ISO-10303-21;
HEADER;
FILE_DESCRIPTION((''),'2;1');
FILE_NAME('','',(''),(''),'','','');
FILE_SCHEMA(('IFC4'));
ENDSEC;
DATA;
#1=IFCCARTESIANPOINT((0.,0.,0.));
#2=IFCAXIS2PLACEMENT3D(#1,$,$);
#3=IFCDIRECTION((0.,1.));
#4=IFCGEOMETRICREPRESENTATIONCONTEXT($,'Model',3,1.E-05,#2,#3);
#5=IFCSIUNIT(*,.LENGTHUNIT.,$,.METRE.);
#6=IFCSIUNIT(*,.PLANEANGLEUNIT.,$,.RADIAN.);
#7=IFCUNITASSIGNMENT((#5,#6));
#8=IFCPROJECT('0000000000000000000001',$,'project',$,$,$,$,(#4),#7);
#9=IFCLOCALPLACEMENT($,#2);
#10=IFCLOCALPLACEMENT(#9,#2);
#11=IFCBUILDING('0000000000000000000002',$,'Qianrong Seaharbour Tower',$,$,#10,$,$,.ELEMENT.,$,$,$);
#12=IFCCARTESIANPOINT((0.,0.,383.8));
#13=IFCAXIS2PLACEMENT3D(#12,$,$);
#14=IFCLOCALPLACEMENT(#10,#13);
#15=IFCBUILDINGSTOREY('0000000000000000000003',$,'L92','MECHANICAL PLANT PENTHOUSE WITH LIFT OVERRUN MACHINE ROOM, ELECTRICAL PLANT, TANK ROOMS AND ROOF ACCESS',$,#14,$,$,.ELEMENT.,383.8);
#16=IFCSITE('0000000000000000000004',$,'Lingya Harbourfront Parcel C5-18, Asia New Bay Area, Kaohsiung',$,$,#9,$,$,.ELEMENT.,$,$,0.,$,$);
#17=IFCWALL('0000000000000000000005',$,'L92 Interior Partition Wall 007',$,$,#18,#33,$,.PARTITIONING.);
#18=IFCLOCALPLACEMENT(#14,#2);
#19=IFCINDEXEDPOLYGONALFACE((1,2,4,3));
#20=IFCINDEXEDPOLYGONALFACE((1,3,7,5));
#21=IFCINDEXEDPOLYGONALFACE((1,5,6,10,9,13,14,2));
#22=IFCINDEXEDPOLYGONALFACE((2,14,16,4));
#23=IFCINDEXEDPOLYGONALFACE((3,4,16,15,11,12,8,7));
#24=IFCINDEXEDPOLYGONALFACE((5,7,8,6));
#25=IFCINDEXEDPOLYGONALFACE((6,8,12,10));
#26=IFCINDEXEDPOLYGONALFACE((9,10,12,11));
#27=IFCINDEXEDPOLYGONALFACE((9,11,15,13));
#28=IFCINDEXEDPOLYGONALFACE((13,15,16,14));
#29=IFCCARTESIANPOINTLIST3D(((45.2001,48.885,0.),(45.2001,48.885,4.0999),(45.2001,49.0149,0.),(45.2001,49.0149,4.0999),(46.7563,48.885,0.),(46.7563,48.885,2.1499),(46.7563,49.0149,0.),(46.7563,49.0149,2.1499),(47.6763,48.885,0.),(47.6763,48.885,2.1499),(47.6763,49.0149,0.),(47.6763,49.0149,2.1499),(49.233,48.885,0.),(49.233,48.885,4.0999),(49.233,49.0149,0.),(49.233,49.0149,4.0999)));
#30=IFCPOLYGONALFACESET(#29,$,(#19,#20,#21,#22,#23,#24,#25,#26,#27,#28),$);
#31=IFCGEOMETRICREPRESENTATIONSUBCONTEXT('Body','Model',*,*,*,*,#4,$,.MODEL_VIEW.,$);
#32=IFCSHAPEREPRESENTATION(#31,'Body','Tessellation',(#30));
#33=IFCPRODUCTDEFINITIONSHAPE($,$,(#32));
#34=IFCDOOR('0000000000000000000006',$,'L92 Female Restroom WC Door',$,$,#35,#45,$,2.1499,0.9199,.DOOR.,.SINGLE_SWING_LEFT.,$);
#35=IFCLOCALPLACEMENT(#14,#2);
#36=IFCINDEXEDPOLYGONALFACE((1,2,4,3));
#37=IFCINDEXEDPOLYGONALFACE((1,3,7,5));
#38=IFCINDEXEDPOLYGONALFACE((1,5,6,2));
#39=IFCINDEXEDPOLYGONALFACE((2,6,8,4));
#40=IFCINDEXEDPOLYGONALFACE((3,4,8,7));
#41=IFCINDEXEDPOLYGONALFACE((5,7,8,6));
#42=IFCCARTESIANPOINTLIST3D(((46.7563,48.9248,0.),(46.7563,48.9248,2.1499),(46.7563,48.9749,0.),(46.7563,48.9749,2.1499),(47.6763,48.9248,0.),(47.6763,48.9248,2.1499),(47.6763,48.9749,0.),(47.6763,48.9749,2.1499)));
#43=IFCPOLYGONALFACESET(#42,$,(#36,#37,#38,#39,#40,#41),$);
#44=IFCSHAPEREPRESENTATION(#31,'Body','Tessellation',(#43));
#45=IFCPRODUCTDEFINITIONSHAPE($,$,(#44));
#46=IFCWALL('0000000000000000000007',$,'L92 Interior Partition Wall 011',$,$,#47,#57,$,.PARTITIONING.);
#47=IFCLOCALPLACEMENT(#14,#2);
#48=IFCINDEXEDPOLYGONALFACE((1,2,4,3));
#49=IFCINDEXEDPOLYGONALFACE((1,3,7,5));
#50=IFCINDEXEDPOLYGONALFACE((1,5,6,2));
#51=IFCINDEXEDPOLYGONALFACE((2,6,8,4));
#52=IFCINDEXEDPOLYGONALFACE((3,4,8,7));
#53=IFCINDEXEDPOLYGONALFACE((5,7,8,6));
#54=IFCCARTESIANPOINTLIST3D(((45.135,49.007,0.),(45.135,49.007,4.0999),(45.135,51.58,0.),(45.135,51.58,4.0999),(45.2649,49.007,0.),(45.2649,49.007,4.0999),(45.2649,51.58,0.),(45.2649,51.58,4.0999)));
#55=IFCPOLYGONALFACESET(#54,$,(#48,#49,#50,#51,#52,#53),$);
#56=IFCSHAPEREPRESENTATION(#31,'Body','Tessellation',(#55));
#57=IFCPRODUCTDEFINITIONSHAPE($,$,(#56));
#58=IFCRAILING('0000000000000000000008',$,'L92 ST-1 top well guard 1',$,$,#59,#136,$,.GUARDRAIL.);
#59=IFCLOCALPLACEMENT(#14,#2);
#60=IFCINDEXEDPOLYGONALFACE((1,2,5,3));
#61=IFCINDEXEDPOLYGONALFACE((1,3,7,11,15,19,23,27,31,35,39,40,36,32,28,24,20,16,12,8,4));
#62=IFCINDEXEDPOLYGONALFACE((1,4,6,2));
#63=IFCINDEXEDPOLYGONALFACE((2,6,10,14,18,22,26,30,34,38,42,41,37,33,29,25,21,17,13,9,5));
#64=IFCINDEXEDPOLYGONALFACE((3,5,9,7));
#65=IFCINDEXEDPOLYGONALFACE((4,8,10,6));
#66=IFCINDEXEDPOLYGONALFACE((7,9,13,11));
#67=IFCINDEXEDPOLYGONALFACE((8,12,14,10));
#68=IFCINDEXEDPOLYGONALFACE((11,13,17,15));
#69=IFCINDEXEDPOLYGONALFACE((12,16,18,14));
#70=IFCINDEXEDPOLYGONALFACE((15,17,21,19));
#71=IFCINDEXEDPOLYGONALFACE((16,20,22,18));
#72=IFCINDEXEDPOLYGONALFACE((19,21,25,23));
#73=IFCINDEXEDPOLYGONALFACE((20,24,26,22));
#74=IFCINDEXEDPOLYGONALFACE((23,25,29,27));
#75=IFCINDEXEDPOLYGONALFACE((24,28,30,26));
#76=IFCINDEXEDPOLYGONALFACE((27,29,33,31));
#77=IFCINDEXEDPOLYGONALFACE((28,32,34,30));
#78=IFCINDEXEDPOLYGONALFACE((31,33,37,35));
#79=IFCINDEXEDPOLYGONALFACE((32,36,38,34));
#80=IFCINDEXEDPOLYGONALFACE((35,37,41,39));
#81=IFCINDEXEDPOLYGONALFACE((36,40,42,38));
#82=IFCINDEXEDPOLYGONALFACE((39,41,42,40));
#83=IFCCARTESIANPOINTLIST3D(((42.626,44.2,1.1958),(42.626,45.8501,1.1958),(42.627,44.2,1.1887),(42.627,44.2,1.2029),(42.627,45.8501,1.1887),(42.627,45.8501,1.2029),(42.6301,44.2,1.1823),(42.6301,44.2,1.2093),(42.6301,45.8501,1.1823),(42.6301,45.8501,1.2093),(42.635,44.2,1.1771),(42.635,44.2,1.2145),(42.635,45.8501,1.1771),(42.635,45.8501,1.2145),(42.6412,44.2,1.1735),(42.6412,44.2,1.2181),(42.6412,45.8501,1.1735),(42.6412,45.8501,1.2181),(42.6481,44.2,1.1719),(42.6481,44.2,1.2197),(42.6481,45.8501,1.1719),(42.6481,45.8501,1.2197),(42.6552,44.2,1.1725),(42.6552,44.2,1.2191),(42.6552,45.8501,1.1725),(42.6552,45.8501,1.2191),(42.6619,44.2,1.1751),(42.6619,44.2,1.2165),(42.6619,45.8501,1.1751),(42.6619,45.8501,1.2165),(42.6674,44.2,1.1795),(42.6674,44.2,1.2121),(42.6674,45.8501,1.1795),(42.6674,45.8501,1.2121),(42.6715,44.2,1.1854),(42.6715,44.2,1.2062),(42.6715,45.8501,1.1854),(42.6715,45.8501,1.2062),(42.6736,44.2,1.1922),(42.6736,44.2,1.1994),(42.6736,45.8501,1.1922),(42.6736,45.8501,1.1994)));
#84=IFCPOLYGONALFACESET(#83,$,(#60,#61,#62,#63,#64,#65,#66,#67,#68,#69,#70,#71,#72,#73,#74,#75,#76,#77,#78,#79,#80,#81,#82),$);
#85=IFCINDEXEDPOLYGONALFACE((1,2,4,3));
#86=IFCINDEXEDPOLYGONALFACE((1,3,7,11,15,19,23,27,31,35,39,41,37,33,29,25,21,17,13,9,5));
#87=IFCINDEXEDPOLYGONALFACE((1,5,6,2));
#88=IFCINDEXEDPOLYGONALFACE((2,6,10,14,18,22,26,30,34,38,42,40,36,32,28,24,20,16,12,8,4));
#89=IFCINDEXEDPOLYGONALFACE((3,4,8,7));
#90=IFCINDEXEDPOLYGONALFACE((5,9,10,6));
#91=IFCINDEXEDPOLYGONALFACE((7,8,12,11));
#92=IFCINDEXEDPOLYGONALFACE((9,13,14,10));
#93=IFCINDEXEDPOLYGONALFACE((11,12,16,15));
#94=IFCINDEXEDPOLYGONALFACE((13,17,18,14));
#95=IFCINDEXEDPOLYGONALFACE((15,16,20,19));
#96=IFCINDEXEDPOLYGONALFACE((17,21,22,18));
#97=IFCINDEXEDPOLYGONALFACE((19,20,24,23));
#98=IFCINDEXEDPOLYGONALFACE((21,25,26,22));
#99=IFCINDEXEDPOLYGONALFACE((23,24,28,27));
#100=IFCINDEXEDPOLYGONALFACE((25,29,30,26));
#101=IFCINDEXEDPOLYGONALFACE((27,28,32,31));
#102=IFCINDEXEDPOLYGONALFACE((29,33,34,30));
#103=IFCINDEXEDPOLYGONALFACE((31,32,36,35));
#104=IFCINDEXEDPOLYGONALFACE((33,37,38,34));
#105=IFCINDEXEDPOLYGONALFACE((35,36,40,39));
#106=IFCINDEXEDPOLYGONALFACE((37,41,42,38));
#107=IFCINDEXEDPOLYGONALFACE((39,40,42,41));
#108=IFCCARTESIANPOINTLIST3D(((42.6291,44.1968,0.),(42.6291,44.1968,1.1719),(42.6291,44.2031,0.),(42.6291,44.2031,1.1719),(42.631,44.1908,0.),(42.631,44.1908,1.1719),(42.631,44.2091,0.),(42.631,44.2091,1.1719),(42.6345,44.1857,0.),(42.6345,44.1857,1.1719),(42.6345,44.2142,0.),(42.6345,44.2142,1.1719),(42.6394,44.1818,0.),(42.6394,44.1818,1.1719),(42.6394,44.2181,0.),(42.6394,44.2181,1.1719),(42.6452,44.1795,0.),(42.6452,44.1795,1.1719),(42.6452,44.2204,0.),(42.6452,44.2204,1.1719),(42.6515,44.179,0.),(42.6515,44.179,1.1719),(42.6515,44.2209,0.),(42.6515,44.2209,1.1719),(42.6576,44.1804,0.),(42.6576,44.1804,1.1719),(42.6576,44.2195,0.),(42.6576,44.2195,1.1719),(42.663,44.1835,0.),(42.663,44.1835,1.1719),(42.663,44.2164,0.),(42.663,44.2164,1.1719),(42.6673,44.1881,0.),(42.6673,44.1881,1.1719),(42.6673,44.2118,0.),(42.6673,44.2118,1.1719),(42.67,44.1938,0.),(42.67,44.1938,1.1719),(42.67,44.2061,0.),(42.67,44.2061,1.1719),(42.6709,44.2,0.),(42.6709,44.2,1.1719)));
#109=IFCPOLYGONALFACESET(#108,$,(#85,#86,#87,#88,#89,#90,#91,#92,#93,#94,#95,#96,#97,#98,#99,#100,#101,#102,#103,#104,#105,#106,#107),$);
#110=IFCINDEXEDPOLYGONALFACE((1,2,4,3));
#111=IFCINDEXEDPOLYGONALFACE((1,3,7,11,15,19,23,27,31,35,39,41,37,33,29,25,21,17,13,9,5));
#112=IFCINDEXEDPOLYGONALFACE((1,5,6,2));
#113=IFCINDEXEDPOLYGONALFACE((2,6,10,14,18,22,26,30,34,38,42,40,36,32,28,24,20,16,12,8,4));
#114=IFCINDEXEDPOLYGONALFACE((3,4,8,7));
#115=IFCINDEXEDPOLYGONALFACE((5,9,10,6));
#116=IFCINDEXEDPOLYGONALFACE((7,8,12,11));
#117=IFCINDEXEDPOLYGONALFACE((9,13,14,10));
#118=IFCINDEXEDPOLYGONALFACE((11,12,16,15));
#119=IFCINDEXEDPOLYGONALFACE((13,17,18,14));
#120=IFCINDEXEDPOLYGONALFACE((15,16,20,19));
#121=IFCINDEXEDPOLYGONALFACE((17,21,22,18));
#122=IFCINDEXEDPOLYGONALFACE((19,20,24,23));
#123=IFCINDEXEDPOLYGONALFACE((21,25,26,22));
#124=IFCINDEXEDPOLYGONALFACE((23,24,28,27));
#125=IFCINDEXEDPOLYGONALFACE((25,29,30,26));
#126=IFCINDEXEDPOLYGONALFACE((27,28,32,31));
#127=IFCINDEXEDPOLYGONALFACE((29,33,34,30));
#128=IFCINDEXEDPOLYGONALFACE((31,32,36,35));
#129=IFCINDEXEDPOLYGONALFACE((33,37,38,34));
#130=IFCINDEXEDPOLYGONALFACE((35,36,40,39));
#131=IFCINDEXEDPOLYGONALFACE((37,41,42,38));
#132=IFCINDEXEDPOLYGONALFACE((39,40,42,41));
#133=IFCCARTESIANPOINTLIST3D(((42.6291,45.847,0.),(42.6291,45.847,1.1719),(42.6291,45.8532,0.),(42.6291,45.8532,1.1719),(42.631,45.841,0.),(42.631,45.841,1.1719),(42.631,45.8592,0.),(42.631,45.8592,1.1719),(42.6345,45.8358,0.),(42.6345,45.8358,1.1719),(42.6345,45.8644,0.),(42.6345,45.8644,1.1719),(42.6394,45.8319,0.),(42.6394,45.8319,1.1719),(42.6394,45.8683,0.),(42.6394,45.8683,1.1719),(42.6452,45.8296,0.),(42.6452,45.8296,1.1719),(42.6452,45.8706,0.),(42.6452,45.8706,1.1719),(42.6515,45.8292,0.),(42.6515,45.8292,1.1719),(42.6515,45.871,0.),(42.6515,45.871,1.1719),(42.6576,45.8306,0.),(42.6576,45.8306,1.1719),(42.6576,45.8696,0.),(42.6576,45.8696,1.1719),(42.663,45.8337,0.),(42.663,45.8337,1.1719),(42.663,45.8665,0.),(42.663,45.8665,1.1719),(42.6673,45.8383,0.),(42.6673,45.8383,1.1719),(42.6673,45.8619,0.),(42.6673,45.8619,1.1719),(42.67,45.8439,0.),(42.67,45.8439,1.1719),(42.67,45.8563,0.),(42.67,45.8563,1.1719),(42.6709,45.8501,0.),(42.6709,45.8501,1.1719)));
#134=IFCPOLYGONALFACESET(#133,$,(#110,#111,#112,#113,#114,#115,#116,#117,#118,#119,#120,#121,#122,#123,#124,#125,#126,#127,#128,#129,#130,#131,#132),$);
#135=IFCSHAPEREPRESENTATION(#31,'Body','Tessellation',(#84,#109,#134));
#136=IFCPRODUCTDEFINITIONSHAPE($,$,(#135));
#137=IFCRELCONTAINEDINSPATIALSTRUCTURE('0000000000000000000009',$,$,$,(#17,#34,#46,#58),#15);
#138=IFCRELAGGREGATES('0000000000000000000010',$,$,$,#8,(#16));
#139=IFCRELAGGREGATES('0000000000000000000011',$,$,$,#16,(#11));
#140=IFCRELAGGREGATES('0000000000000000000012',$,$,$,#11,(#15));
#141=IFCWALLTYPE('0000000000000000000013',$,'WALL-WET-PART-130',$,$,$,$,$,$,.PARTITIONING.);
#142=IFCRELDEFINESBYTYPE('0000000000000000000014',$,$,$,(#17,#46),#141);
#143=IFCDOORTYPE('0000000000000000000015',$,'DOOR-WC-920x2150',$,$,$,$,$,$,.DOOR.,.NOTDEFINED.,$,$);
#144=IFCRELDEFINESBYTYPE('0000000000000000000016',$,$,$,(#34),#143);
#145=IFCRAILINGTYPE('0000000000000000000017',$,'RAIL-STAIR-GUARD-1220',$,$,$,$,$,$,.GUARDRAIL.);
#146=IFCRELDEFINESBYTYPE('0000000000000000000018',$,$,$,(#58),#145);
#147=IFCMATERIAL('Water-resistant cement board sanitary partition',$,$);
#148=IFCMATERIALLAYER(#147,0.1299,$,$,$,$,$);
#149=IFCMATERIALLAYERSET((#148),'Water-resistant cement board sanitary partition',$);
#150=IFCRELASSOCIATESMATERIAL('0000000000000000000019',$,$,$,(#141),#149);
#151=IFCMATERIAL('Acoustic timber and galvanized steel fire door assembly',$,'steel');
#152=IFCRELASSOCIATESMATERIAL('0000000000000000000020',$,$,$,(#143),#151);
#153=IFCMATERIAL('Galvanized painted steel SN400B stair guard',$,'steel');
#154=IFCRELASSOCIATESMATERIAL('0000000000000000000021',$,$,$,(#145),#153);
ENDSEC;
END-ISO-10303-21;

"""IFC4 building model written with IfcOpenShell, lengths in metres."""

from ifc_helpers import new_model, si_unit, direction, frame, frame_2d, origin, origin_2d, place, context, subcontext, project, spatial, rectangle, circle, extrude, material, layer, layer_set, type_object, element, fill, save


model = new_model("IFC4")

# Units and contexts
model_context = context("Model", 3, precision=1e-05, world=origin(), true_north=direction((0.0, 1.0)))
body_context = subcontext(model_context, "Body", "Model", "MODEL_VIEW")
ifc_project = project(units=[si_unit("LENGTHUNIT", "METRE"), si_unit("PLANEANGLEUNIT", "RADIAN")], contexts=[model_context])

# Site, building, storey
site_placement = place(None, origin())
site = spatial("IfcSite", under=ifc_project, at=site_placement, Name="Lingya Harbourfront Parcel C5-18, Asia New Bay Area, Kaohsiung", CompositionType="ELEMENT", RefElevation=0.0)
building_placement = place(site_placement, origin())
building = spatial("IfcBuilding", under=site, at=building_placement, Name="Qianrong Seaharbour Tower", CompositionType="ELEMENT")
storey_placement = place(building_placement, frame((0.0, 0.0, 383.8)))
storey = spatial("IfcBuildingStorey", under=building, at=storey_placement, Name="L92", Description="MECHANICAL PLANT PENTHOUSE WITH LIFT OVERRUN MACHINE ROOM, ELECTRICAL PLANT, TANK ROOMS AND ROOF ACCESS", CompositionType="ELEMENT", Elevation=383.8)

# Shared definitions
ifc_material_1 = material(Name="Acoustic timber and galvanized steel fire door assembly", Category="steel")

# Shared definitions
ifc_material_2 = material(Name="Water-resistant cement board sanitary partition")
ifc_layer_1 = layer(ifc_material_2, 0.1299)
ifc_layer_set_1 = layer_set([ifc_layer_1], Name="Water-resistant cement board sanitary partition")
wall_type_1 = type_object("IfcWallType", Name="WALL-WET-PART-130", PredefinedType="PARTITIONING", material=ifc_layer_set_1)

# Wall, opening, door
door_type_1 = type_object("IfcDoorType", Name="DOOR-WC-920x2150", OperationType="NOTDEFINED", PredefinedType="DOOR", material=ifc_material_1)
wall_1_placement = place(storey_placement, frame((45.2, 48.95, 0.0), z_axis=(0.0, 0.0, 1.0), x_axis=(1.0, 0.0, 0.0)))
wall_1 = element("IfcWall", 1, at=wall_1_placement, inside=storey, type_object=wall_type_1, Name="L92 Interior Partition Wall 007", PredefinedType="PARTITIONING", context=body_context, shape_type="SweptSolid", body=[
    extrude(rectangle(XDim=4.033, YDim=0.1299, at=frame_2d((2.0166, 0.0))), origin(), (0.0, 0.0, 1.0), 4.0999),
])
opening_1_placement = place(wall_1_placement, frame((1.5564, 0.0, 0.0)))
opening_1 = element("IfcOpeningElement", 2, at=opening_1_placement, cuts=wall_1, PredefinedType="OPENING", context=body_context, shape_type="SweptSolid", body=[
    extrude(rectangle(XDim=0.9199, YDim=2.1499, at=frame_2d((0.46, 1.075))), frame((0.0, 0.075, 0.0), z_axis=(0.0, -1.0, 0.0), x_axis=(1.0, 0.0, 0.0)), (0.0, 0.0, 1.0), 0.1499),
])
door_1_placement = place(opening_1_placement, origin())
door_1 = element("IfcDoor", 3, at=door_1_placement, inside=storey, type_object=door_type_1, Name="L92 Female Restroom WC Door", OperationType="SINGLE_SWING_LEFT", OverallHeight=2.1499, OverallWidth=0.9199, PredefinedType="DOOR", context=body_context, shape_type="SweptSolid", body=[
    extrude(rectangle(XDim=0.9199, YDim=2.1499, at=frame_2d((0.46, 1.075))), frame((0.0, 0.0249, 0.0), z_axis=(0.0, -1.0, 0.0), x_axis=(1.0, 0.0, 0.0)), (0.0, 0.0, 1.0), 0.05),
])
fill(opening_1, door_1)

# Wall
wall_2_placement = place(storey_placement, frame((45.2, 51.5801, 0.0), z_axis=(0.0, 0.0, 1.0), x_axis=(0.0, -1.0, 0.0)))
element("IfcWall", 4, at=wall_2_placement, inside=storey, type_object=wall_type_1, Name="L92 Interior Partition Wall 011", PredefinedType="PARTITIONING", context=body_context, shape_type="SweptSolid", body=[
    extrude(rectangle(XDim=2.573, YDim=0.1299, at=frame_2d((1.2866, 0.0))), origin(), (0.0, 0.0, 1.0), 4.0999),
])

# Railing
ifc_material_3 = material(Name="Galvanized painted steel SN400B stair guard", Category="steel")
railing_type = type_object("IfcRailingType", Name="RAIL-STAIR-GUARD-1220", PredefinedType="GUARDRAIL", material=ifc_material_3)
railing_placement = place(storey_placement, frame((42.6499, 44.2, 0.0)))
element("IfcRailing", 5, at=railing_placement, inside=storey, type_object=railing_type, Name="L92 ST-1 top well guard 1", PredefinedType="GUARDRAIL", context=body_context, shape_type="SweptSolid", body=[
    extrude(circle(Radius=0.0239, at=origin_2d()), frame((0.0, 0.0, 1.1958), z_axis=(0.0, 1.0, 0.0), x_axis=(-1.0, 0.0, 0.0)), (0.0, 0.0, 1.0), 1.6501),
    extrude(circle(Radius=0.021, at=origin_2d()), origin(), (0.0, 0.0, 1.0), 1.1719),
    extrude(circle(Radius=0.021, at=origin_2d()), frame((0.0, 1.6501, 0.0)), (0.0, 0.0, 1.0), 1.1719),
])

save(model, "model.ifc")
